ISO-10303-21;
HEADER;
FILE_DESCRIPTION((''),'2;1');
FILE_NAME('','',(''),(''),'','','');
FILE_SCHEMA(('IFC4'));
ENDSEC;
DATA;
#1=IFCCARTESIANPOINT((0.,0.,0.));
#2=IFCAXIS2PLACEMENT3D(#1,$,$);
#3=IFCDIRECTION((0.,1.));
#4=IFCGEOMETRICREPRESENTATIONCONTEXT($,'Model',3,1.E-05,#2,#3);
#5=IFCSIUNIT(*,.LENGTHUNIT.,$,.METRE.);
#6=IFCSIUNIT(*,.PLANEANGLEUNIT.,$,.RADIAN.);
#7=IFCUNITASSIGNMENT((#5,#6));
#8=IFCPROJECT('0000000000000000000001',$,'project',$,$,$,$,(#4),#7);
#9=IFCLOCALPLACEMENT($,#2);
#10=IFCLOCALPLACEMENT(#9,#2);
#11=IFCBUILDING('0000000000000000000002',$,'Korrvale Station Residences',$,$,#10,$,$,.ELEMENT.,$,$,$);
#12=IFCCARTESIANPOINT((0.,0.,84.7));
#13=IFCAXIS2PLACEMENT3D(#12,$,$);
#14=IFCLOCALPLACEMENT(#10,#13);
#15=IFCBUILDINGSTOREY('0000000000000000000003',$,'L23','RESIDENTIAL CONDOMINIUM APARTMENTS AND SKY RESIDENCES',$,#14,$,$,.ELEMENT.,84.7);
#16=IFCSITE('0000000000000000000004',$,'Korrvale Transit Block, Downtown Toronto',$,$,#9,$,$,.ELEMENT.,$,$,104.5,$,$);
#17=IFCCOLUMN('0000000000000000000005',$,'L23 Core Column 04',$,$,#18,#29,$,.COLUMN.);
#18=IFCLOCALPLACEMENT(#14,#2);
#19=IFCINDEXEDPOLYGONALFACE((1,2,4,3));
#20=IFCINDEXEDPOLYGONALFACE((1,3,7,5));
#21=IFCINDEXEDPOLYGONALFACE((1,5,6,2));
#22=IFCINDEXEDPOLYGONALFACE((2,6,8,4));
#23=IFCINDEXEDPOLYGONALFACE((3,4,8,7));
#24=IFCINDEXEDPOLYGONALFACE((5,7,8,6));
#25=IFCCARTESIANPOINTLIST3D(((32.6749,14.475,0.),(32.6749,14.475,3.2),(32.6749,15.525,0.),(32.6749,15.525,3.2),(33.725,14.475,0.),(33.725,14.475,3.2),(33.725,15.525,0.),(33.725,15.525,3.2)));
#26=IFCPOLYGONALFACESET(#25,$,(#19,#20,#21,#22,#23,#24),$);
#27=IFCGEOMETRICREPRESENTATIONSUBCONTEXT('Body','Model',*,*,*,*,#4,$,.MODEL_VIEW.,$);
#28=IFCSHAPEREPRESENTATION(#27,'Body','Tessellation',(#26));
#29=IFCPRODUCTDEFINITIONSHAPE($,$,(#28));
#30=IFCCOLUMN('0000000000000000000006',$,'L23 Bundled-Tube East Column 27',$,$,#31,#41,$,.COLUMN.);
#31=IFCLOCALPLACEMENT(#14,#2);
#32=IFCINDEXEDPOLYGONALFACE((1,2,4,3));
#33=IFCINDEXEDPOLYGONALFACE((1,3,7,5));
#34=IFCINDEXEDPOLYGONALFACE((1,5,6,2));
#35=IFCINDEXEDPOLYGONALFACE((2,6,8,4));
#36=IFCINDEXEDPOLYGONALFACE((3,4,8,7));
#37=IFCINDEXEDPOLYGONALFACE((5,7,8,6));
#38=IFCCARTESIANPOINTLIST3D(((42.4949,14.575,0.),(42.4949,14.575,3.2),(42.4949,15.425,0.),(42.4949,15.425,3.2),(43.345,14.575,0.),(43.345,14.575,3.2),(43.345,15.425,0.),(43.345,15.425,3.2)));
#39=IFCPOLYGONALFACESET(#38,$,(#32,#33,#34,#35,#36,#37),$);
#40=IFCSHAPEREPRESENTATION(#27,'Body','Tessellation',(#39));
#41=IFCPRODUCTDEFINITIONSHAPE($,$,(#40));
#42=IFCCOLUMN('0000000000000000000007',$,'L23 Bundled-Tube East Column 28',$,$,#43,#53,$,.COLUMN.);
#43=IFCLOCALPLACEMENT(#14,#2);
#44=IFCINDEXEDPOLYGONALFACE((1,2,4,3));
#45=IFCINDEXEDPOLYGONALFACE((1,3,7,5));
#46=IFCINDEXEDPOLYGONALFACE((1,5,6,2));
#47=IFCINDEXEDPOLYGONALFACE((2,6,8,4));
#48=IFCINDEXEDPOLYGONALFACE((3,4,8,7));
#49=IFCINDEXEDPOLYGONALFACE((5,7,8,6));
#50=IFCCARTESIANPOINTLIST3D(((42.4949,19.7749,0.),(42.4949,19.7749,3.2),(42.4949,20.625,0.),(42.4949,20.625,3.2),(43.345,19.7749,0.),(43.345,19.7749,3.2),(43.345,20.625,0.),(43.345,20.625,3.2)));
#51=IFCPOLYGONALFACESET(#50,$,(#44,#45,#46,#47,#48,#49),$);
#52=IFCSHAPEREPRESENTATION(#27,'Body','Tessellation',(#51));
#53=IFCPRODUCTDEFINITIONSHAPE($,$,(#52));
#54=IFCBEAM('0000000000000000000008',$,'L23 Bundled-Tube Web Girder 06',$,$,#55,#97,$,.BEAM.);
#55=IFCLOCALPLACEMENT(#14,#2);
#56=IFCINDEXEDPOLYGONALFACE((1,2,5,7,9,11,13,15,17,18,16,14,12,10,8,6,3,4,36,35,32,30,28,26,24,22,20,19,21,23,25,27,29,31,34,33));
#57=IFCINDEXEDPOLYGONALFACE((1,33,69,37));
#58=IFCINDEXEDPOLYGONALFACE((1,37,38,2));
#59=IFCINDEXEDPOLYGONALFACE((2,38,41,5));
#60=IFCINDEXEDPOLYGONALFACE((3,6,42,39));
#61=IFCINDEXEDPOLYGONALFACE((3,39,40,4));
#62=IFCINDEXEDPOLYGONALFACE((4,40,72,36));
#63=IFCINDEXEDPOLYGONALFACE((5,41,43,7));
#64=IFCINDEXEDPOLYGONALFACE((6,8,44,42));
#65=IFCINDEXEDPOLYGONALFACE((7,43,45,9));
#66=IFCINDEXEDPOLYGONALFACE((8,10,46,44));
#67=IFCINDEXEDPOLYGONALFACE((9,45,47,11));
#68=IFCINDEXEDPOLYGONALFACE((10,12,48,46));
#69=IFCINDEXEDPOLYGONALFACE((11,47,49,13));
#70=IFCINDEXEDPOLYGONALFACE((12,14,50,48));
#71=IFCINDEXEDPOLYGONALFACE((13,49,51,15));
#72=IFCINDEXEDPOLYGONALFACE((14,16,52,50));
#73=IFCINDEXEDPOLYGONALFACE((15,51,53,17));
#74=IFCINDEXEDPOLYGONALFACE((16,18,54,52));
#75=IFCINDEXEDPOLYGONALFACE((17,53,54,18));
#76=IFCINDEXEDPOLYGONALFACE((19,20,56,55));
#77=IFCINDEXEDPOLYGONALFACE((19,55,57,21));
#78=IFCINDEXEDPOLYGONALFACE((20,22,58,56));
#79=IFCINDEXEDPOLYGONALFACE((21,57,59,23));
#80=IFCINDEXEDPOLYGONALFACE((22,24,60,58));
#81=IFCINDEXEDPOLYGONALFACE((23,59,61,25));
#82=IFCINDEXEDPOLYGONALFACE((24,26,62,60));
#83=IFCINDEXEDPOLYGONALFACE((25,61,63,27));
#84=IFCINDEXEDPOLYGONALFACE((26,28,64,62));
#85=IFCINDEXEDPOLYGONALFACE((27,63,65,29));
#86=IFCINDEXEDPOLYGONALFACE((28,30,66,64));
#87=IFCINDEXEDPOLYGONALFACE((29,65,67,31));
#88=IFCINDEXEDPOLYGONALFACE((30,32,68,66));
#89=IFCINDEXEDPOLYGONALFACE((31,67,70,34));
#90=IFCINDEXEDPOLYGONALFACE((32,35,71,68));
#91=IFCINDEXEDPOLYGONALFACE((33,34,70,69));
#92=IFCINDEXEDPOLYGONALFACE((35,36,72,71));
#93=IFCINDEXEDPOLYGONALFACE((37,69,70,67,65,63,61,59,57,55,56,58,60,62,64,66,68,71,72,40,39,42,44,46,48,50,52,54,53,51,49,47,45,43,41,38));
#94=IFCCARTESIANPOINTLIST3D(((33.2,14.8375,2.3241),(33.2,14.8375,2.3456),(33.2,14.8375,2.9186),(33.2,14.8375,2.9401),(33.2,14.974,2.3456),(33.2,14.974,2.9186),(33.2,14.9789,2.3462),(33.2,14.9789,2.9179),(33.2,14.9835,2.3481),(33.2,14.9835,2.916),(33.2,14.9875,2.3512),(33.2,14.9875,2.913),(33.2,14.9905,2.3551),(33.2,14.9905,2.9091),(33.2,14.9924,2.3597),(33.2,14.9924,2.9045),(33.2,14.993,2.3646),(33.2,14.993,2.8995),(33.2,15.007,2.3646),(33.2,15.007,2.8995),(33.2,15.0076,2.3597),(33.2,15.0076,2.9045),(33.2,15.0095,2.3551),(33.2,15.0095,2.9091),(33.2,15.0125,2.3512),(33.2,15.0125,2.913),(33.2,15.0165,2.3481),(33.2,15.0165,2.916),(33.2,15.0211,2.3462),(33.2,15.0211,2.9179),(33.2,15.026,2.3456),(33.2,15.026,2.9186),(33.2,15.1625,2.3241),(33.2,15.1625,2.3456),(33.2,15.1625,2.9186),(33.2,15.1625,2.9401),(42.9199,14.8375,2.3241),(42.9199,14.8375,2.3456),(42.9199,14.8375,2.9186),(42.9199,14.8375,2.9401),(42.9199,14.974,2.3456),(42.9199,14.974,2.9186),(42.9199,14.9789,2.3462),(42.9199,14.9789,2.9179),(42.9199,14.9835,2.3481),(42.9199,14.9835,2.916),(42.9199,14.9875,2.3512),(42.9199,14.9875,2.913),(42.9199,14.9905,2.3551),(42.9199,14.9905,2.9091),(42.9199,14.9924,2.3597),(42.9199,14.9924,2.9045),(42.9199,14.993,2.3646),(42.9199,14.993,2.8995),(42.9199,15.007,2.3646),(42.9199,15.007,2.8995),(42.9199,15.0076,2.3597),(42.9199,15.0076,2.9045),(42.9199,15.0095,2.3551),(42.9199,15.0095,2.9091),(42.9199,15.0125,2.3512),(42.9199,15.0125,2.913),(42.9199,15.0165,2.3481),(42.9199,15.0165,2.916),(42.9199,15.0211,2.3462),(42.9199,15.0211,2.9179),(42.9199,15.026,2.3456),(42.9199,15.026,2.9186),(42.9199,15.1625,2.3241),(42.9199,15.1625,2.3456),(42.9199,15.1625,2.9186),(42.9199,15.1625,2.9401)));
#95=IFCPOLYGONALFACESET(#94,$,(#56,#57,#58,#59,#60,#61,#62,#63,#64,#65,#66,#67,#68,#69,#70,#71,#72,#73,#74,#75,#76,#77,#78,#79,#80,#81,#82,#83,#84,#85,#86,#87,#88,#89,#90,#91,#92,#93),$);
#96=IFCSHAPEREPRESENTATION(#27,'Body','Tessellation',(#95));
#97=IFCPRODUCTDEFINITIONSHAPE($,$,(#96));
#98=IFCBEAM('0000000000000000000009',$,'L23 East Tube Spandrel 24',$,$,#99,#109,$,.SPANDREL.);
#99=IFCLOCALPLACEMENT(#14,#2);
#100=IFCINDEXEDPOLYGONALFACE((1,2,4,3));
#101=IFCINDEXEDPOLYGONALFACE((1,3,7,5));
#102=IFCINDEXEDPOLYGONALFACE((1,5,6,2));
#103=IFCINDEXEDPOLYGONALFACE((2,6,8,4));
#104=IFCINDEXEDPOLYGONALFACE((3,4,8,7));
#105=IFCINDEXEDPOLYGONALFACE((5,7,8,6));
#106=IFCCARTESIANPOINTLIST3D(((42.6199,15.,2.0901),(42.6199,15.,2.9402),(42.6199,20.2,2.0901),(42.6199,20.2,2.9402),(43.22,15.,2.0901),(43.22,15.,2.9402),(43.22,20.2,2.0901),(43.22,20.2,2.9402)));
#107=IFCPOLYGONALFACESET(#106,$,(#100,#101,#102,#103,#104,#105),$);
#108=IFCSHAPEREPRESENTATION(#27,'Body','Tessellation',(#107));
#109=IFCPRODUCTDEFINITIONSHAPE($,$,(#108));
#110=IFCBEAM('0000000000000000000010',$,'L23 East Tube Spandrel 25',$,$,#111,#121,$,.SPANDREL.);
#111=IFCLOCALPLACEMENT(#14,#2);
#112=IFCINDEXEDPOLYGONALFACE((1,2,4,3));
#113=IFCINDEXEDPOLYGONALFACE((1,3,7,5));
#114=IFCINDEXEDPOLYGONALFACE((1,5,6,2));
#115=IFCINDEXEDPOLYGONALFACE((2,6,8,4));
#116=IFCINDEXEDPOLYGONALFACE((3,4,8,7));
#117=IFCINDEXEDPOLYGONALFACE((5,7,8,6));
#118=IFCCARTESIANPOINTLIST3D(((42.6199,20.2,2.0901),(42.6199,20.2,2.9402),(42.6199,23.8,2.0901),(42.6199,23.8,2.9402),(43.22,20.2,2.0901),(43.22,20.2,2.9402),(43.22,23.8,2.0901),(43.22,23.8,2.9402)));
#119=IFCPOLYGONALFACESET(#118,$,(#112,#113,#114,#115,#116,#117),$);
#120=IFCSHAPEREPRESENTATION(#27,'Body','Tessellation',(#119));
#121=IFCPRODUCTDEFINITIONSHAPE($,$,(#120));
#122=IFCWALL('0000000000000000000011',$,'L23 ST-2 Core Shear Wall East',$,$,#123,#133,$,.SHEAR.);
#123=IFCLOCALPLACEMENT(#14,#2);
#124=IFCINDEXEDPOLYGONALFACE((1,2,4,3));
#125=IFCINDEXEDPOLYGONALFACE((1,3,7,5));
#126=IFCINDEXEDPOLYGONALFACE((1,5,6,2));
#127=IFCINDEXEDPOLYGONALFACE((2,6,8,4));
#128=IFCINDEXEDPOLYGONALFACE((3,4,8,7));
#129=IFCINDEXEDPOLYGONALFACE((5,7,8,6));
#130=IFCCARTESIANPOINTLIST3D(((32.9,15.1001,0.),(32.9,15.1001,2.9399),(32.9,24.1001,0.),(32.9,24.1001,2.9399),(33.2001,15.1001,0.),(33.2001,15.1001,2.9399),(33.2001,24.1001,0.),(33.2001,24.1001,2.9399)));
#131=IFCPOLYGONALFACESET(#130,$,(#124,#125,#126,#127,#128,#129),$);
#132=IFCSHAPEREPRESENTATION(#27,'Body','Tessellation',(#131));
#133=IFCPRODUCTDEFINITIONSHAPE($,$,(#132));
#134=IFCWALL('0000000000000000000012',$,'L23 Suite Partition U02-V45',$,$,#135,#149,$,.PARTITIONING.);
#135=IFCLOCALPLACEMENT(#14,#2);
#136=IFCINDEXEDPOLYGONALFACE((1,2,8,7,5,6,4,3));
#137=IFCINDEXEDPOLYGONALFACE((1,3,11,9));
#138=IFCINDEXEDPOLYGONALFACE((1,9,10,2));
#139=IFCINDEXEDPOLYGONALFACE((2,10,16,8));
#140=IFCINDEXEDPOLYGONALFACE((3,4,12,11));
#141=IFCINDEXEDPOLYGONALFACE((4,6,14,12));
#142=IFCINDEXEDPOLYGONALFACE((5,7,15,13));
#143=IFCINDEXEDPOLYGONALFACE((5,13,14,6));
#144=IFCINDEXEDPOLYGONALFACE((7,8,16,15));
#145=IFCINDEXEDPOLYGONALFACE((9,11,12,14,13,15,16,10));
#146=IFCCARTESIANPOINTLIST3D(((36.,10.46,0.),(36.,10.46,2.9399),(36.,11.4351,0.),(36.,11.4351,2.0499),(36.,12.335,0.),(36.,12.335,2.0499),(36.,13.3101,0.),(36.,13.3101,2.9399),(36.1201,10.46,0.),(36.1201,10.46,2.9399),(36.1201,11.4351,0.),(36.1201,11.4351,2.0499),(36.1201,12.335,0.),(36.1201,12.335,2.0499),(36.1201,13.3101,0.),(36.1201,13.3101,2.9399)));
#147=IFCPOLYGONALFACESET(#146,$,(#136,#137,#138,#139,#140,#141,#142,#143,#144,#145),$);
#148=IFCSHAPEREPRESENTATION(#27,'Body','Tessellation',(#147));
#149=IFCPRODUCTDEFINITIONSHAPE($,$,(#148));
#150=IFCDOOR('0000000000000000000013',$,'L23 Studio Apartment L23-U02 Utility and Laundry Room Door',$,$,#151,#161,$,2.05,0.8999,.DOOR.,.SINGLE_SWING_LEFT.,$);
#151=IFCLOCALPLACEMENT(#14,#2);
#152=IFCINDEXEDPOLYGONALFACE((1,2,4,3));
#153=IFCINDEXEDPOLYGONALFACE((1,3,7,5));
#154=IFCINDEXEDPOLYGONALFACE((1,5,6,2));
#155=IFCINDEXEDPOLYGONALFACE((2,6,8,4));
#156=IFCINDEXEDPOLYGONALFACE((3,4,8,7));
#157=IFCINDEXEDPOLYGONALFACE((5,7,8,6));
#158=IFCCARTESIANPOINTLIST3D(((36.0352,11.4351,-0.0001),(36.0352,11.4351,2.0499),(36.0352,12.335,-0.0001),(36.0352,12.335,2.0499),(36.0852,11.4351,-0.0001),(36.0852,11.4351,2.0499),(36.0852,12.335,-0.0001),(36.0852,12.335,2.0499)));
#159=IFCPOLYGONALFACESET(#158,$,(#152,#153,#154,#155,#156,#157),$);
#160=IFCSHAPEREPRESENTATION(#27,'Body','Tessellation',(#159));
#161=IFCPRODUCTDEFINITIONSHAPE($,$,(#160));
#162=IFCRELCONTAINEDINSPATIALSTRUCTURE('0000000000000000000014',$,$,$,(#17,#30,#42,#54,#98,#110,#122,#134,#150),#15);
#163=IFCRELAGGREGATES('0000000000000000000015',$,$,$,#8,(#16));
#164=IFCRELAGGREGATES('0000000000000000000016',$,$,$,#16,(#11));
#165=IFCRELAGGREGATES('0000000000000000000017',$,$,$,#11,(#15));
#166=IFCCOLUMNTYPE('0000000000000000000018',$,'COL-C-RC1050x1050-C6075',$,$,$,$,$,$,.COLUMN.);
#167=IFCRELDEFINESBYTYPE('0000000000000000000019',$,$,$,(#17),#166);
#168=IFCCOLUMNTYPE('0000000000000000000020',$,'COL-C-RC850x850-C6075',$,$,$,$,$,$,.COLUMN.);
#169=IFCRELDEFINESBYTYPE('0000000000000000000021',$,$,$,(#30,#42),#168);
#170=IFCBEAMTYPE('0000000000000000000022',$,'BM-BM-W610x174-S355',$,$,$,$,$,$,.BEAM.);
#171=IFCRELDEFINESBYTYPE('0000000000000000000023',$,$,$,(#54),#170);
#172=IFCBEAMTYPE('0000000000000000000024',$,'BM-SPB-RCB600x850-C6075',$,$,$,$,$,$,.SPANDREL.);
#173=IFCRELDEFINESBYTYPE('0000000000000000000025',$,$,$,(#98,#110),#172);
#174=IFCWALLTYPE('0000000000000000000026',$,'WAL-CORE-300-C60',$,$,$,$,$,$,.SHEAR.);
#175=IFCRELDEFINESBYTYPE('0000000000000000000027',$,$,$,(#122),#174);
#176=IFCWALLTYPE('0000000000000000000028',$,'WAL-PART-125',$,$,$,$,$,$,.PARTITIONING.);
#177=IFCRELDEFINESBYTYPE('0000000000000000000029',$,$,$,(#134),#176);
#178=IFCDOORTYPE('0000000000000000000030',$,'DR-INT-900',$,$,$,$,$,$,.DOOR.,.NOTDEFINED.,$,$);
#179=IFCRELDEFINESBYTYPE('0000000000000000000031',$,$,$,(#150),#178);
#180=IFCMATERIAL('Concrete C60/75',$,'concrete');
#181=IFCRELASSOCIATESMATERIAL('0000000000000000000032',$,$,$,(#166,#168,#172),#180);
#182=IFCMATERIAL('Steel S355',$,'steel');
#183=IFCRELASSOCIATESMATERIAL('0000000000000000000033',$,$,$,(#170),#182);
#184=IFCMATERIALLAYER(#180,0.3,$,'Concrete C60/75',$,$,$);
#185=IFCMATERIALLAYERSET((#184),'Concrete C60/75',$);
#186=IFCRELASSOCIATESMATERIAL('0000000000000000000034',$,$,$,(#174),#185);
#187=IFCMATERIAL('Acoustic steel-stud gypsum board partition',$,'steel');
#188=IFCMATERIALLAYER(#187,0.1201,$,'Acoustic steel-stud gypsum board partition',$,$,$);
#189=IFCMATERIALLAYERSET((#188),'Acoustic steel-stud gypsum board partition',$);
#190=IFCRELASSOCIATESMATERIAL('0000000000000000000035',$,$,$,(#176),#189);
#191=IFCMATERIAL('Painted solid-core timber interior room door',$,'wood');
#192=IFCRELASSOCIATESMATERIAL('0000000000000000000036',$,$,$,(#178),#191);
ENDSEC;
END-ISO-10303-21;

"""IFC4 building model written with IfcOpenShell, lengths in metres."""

from ifc_helpers import new_model, si_unit, direction, frame, frame_2d, origin, origin_2d, place, context, subcontext, project, spatial, rectangle, i_section, extrude, material, layer, layer_set, material_profile, profile_set, type_object, element, fill, save


model = new_model("IFC4")

# Units and contexts
model_context = context("Model", 3, precision=1e-05, world=origin(), true_north=direction((0.0, 1.0)))
body_context = subcontext(model_context, "Body", "Model", "MODEL_VIEW")
ifc_project = project(units=[si_unit("LENGTHUNIT", "METRE"), si_unit("PLANEANGLEUNIT", "RADIAN")], contexts=[model_context])

# Site, building, storey
site_placement = place(None, origin())
site = spatial("IfcSite", under=ifc_project, at=site_placement, Name="Korrvale Transit Block, Downtown Toronto", CompositionType="ELEMENT", RefElevation=104.5)
building_placement = place(site_placement, origin())
building = spatial("IfcBuilding", under=site, at=building_placement, Name="Korrvale Station Residences", CompositionType="ELEMENT")
storey_placement = place(building_placement, frame((0.0, 0.0, 84.7)))
storey = spatial("IfcBuildingStorey", under=building, at=storey_placement, Name="L23", Description="RESIDENTIAL CONDOMINIUM APARTMENTS AND SKY RESIDENCES", CompositionType="ELEMENT", Elevation=84.7)

# Columns
ifc_material_1 = material(Name="Concrete C60/75", Category="concrete")
ifc_material_profile_1 = material_profile(ifc_material_1, rectangle(XDim=1.05, YDim=1.05, at=origin_2d()), Name="RC1050x1050")
ifc_profile_set_1 = profile_set([ifc_material_profile_1], Name="Concrete C60/75")
column_type_1 = type_object("IfcColumnType", Name="COL-C-RC1050x1050-C6075", PredefinedType="COLUMN", material=ifc_profile_set_1)
column_placement = place(storey_placement, frame((33.2, 15.0, 0.0), z_axis=(0.0, 0.0, 1.0), x_axis=(1.0, 0.0, 0.0)))
element("IfcColumn", 1, at=column_placement, inside=storey, type_object=column_type_1, Name="L23 Core Column 04", PredefinedType="COLUMN", context=body_context, shape_type="SweptSolid", body=[
    extrude(rectangle(XDim=1.05, YDim=1.05, at=origin_2d()), origin(), (0.0, 0.0, 1.0), 3.2),
])
ifc_material_profile_2 = material_profile(ifc_material_1, rectangle(XDim=0.8501, YDim=0.8501, at=origin_2d()), Name="RC850x850")
ifc_profile_set_2 = profile_set([ifc_material_profile_2], Name="Concrete C60/75")
column_type_2 = type_object("IfcColumnType", Name="COL-C-RC850x850-C6075", PredefinedType="COLUMN", material=ifc_profile_set_2)
for number, where, z_axis, x_axis, name in (
    (2, (42.9199, 15.0, 0.0), (0.0, 0.0, 1.0), (1.0, 0.0, 0.0), "L23 Bundled-Tube East Column 27"),
    (3, (42.9199, 20.2, 0.0), (0.0, 0.0, 1.0), (1.0, 0.0, 0.0), "L23 Bundled-Tube East Column 28"),
):
    element("IfcColumn", number, at=place(storey_placement, frame(where, z_axis=z_axis, x_axis=x_axis)), inside=storey, type_object=column_type_2, Name=name, PredefinedType="COLUMN", context=body_context, shape_type="SweptSolid", body=[
        extrude(rectangle(XDim=0.8501, YDim=0.8501, at=origin_2d()), origin(), (0.0, 0.0, 1.0), 3.2),
    ])

# Beams
ifc_material_2 = material(Name="Steel S355", Category="steel")
ifc_material_profile_3 = material_profile(ifc_material_2, i_section(OverallWidth=0.325, OverallDepth=0.616, WebThickness=0.0139, FlangeThickness=0.0215, FilletRadius=0.019, at=origin_2d()), Name="W610x174")
ifc_profile_set_3 = profile_set([ifc_material_profile_3], Name="Steel S355")
beam_type_1 = type_object("IfcBeamType", Name="BM-BM-W610x174-S355", PredefinedType="BEAM", material=ifc_profile_set_3)
beam_1_placement = place(storey_placement, frame((33.2, 15.0, 2.6321), z_axis=(1.0, 0.0, 0.0), x_axis=(0.0, 1.0, 0.0)))
element("IfcBeam", 4, at=beam_1_placement, inside=storey, type_object=beam_type_1, Name="L23 Bundled-Tube Web Girder 06", PredefinedType="BEAM", context=body_context, shape_type="SweptSolid", body=[
    extrude(i_section(OverallWidth=0.325, OverallDepth=0.616, WebThickness=0.0139, FlangeThickness=0.0215, FilletRadius=0.019, at=origin_2d()), origin(), (0.0, 0.0, 1.0), 9.72),
])
ifc_material_profile_4 = material_profile(ifc_material_1, rectangle(XDim=0.6001, YDim=0.8501, at=origin_2d()), Name="RCB600x850")
ifc_profile_set_4 = profile_set([ifc_material_profile_4], Name="Concrete C60/75")
beam_type_2 = type_object("IfcBeamType", Name="BM-SPB-RCB600x850-C6075", PredefinedType="SPANDREL", material=ifc_profile_set_4)
beam_2_placement = place(storey_placement, frame((42.9199, 15.0, 2.5151), z_axis=(0.0, 1.0, 0.0), x_axis=(-1.0, 0.0, 0.0)))
element("IfcBeam", 5, at=beam_2_placement, inside=storey, type_object=beam_type_2, Name="L23 East Tube Spandrel 24", PredefinedType="SPANDREL", context=body_context, shape_type="SweptSolid", body=[
    extrude(rectangle(XDim=0.6001, YDim=0.8501, at=origin_2d()), origin(), (0.0, 0.0, 1.0), 5.2),
])
beam_3_placement = place(storey_placement, frame((42.9199, 20.2, 2.5151), z_axis=(0.0, 1.0, 0.0), x_axis=(-1.0, 0.0, 0.0)))
element("IfcBeam", 6, at=beam_3_placement, inside=storey, type_object=beam_type_2, Name="L23 East Tube Spandrel 25", PredefinedType="SPANDREL", context=body_context, shape_type="SweptSolid", body=[
    extrude(rectangle(XDim=0.6001, YDim=0.8501, at=origin_2d()), origin(), (0.0, 0.0, 1.0), 3.6001),
])

# Wall
ifc_layer_1 = layer(ifc_material_1, 0.3, Name="Concrete C60/75")
ifc_layer_set_1 = layer_set([ifc_layer_1], Name="Concrete C60/75")
wall_type_1 = type_object("IfcWallType", Name="WAL-CORE-300-C60", PredefinedType="SHEAR", material=ifc_layer_set_1)
wall_1_placement = place(storey_placement, frame((33.05, 15.1001, 0.0), z_axis=(0.0, 0.0, 1.0), x_axis=(0.0, 1.0, 0.0)))
element("IfcWall", 7, at=wall_1_placement, inside=storey, type_object=wall_type_1, Name="L23 ST-2 Core Shear Wall East", PredefinedType="SHEAR", context=body_context, shape_type="SweptSolid", body=[
    extrude(rectangle(XDim=9.0, YDim=0.3, at=frame_2d((4.5, 0.0))), origin(), (0.0, 0.0, 1.0), 2.9399),
])

# Wall, opening, door
ifc_material_3 = material(Name="Acoustic steel-stud gypsum board partition", Category="steel")
ifc_layer_2 = layer(ifc_material_3, 0.1201, Name="Acoustic steel-stud gypsum board partition")
ifc_layer_set_2 = layer_set([ifc_layer_2], Name="Acoustic steel-stud gypsum board partition")
wall_type_2 = type_object("IfcWallType", Name="WAL-PART-125", PredefinedType="PARTITIONING", material=ifc_layer_set_2)
wall_2_placement = place(storey_placement, frame((36.0601, 10.46, 0.0), z_axis=(0.0, 0.0, 1.0), x_axis=(0.0, 1.0, 0.0)))
wall_2 = element("IfcWall", 8, at=wall_2_placement, inside=storey, type_object=wall_type_2, Name="L23 Suite Partition U02-V45", PredefinedType="PARTITIONING", context=body_context, shape_type="SweptSolid", body=[
    extrude(rectangle(XDim=2.8501, YDim=0.1201, at=frame_2d((1.425, 0.0))), origin(), (0.0, 0.0, 1.0), 2.9399),
])
opening_1_placement = place(wall_2_placement, frame((0.9751, 0.0, 0.0)))
opening_1 = element("IfcOpeningElement", 9, at=opening_1_placement, cuts=wall_2, PredefinedType="OPENING", context=body_context, shape_type="SweptSolid", body=[
    extrude(rectangle(XDim=0.8999, YDim=2.05, at=frame_2d((0.45, 1.0249))), frame((0.0, 0.0701, 0.0), z_axis=(0.0, -1.0, 0.0), x_axis=(1.0, 0.0, 0.0)), (0.0, 0.0, 1.0), 0.1401),
])
ifc_material_4 = material(Name="Painted solid-core timber interior room door", Category="wood")
door_type_1 = type_object("IfcDoorType", Name="DR-INT-900", OperationType="NOTDEFINED", PredefinedType="DOOR", material=ifc_material_4)
door_1_placement = place(opening_1_placement, origin())
door_1 = element("IfcDoor", 10, at=door_1_placement, inside=storey, type_object=door_type_1, Name="L23 Studio Apartment L23-U02 Utility and Laundry Room Door", OperationType="SINGLE_SWING_LEFT", OverallHeight=2.05, OverallWidth=0.8999, PredefinedType="DOOR", context=body_context, shape_type="SweptSolid", body=[
    extrude(rectangle(XDim=0.8999, YDim=2.05, at=frame_2d((0.45, 1.0249))), frame((0.0, 0.0249, 0.0), z_axis=(0.0, -1.0, 0.0), x_axis=(1.0, 0.0, 0.0)), (0.0, 0.0, 1.0), 0.05),
])
fill(opening_1, door_1)

save(model, "model.ifc")
